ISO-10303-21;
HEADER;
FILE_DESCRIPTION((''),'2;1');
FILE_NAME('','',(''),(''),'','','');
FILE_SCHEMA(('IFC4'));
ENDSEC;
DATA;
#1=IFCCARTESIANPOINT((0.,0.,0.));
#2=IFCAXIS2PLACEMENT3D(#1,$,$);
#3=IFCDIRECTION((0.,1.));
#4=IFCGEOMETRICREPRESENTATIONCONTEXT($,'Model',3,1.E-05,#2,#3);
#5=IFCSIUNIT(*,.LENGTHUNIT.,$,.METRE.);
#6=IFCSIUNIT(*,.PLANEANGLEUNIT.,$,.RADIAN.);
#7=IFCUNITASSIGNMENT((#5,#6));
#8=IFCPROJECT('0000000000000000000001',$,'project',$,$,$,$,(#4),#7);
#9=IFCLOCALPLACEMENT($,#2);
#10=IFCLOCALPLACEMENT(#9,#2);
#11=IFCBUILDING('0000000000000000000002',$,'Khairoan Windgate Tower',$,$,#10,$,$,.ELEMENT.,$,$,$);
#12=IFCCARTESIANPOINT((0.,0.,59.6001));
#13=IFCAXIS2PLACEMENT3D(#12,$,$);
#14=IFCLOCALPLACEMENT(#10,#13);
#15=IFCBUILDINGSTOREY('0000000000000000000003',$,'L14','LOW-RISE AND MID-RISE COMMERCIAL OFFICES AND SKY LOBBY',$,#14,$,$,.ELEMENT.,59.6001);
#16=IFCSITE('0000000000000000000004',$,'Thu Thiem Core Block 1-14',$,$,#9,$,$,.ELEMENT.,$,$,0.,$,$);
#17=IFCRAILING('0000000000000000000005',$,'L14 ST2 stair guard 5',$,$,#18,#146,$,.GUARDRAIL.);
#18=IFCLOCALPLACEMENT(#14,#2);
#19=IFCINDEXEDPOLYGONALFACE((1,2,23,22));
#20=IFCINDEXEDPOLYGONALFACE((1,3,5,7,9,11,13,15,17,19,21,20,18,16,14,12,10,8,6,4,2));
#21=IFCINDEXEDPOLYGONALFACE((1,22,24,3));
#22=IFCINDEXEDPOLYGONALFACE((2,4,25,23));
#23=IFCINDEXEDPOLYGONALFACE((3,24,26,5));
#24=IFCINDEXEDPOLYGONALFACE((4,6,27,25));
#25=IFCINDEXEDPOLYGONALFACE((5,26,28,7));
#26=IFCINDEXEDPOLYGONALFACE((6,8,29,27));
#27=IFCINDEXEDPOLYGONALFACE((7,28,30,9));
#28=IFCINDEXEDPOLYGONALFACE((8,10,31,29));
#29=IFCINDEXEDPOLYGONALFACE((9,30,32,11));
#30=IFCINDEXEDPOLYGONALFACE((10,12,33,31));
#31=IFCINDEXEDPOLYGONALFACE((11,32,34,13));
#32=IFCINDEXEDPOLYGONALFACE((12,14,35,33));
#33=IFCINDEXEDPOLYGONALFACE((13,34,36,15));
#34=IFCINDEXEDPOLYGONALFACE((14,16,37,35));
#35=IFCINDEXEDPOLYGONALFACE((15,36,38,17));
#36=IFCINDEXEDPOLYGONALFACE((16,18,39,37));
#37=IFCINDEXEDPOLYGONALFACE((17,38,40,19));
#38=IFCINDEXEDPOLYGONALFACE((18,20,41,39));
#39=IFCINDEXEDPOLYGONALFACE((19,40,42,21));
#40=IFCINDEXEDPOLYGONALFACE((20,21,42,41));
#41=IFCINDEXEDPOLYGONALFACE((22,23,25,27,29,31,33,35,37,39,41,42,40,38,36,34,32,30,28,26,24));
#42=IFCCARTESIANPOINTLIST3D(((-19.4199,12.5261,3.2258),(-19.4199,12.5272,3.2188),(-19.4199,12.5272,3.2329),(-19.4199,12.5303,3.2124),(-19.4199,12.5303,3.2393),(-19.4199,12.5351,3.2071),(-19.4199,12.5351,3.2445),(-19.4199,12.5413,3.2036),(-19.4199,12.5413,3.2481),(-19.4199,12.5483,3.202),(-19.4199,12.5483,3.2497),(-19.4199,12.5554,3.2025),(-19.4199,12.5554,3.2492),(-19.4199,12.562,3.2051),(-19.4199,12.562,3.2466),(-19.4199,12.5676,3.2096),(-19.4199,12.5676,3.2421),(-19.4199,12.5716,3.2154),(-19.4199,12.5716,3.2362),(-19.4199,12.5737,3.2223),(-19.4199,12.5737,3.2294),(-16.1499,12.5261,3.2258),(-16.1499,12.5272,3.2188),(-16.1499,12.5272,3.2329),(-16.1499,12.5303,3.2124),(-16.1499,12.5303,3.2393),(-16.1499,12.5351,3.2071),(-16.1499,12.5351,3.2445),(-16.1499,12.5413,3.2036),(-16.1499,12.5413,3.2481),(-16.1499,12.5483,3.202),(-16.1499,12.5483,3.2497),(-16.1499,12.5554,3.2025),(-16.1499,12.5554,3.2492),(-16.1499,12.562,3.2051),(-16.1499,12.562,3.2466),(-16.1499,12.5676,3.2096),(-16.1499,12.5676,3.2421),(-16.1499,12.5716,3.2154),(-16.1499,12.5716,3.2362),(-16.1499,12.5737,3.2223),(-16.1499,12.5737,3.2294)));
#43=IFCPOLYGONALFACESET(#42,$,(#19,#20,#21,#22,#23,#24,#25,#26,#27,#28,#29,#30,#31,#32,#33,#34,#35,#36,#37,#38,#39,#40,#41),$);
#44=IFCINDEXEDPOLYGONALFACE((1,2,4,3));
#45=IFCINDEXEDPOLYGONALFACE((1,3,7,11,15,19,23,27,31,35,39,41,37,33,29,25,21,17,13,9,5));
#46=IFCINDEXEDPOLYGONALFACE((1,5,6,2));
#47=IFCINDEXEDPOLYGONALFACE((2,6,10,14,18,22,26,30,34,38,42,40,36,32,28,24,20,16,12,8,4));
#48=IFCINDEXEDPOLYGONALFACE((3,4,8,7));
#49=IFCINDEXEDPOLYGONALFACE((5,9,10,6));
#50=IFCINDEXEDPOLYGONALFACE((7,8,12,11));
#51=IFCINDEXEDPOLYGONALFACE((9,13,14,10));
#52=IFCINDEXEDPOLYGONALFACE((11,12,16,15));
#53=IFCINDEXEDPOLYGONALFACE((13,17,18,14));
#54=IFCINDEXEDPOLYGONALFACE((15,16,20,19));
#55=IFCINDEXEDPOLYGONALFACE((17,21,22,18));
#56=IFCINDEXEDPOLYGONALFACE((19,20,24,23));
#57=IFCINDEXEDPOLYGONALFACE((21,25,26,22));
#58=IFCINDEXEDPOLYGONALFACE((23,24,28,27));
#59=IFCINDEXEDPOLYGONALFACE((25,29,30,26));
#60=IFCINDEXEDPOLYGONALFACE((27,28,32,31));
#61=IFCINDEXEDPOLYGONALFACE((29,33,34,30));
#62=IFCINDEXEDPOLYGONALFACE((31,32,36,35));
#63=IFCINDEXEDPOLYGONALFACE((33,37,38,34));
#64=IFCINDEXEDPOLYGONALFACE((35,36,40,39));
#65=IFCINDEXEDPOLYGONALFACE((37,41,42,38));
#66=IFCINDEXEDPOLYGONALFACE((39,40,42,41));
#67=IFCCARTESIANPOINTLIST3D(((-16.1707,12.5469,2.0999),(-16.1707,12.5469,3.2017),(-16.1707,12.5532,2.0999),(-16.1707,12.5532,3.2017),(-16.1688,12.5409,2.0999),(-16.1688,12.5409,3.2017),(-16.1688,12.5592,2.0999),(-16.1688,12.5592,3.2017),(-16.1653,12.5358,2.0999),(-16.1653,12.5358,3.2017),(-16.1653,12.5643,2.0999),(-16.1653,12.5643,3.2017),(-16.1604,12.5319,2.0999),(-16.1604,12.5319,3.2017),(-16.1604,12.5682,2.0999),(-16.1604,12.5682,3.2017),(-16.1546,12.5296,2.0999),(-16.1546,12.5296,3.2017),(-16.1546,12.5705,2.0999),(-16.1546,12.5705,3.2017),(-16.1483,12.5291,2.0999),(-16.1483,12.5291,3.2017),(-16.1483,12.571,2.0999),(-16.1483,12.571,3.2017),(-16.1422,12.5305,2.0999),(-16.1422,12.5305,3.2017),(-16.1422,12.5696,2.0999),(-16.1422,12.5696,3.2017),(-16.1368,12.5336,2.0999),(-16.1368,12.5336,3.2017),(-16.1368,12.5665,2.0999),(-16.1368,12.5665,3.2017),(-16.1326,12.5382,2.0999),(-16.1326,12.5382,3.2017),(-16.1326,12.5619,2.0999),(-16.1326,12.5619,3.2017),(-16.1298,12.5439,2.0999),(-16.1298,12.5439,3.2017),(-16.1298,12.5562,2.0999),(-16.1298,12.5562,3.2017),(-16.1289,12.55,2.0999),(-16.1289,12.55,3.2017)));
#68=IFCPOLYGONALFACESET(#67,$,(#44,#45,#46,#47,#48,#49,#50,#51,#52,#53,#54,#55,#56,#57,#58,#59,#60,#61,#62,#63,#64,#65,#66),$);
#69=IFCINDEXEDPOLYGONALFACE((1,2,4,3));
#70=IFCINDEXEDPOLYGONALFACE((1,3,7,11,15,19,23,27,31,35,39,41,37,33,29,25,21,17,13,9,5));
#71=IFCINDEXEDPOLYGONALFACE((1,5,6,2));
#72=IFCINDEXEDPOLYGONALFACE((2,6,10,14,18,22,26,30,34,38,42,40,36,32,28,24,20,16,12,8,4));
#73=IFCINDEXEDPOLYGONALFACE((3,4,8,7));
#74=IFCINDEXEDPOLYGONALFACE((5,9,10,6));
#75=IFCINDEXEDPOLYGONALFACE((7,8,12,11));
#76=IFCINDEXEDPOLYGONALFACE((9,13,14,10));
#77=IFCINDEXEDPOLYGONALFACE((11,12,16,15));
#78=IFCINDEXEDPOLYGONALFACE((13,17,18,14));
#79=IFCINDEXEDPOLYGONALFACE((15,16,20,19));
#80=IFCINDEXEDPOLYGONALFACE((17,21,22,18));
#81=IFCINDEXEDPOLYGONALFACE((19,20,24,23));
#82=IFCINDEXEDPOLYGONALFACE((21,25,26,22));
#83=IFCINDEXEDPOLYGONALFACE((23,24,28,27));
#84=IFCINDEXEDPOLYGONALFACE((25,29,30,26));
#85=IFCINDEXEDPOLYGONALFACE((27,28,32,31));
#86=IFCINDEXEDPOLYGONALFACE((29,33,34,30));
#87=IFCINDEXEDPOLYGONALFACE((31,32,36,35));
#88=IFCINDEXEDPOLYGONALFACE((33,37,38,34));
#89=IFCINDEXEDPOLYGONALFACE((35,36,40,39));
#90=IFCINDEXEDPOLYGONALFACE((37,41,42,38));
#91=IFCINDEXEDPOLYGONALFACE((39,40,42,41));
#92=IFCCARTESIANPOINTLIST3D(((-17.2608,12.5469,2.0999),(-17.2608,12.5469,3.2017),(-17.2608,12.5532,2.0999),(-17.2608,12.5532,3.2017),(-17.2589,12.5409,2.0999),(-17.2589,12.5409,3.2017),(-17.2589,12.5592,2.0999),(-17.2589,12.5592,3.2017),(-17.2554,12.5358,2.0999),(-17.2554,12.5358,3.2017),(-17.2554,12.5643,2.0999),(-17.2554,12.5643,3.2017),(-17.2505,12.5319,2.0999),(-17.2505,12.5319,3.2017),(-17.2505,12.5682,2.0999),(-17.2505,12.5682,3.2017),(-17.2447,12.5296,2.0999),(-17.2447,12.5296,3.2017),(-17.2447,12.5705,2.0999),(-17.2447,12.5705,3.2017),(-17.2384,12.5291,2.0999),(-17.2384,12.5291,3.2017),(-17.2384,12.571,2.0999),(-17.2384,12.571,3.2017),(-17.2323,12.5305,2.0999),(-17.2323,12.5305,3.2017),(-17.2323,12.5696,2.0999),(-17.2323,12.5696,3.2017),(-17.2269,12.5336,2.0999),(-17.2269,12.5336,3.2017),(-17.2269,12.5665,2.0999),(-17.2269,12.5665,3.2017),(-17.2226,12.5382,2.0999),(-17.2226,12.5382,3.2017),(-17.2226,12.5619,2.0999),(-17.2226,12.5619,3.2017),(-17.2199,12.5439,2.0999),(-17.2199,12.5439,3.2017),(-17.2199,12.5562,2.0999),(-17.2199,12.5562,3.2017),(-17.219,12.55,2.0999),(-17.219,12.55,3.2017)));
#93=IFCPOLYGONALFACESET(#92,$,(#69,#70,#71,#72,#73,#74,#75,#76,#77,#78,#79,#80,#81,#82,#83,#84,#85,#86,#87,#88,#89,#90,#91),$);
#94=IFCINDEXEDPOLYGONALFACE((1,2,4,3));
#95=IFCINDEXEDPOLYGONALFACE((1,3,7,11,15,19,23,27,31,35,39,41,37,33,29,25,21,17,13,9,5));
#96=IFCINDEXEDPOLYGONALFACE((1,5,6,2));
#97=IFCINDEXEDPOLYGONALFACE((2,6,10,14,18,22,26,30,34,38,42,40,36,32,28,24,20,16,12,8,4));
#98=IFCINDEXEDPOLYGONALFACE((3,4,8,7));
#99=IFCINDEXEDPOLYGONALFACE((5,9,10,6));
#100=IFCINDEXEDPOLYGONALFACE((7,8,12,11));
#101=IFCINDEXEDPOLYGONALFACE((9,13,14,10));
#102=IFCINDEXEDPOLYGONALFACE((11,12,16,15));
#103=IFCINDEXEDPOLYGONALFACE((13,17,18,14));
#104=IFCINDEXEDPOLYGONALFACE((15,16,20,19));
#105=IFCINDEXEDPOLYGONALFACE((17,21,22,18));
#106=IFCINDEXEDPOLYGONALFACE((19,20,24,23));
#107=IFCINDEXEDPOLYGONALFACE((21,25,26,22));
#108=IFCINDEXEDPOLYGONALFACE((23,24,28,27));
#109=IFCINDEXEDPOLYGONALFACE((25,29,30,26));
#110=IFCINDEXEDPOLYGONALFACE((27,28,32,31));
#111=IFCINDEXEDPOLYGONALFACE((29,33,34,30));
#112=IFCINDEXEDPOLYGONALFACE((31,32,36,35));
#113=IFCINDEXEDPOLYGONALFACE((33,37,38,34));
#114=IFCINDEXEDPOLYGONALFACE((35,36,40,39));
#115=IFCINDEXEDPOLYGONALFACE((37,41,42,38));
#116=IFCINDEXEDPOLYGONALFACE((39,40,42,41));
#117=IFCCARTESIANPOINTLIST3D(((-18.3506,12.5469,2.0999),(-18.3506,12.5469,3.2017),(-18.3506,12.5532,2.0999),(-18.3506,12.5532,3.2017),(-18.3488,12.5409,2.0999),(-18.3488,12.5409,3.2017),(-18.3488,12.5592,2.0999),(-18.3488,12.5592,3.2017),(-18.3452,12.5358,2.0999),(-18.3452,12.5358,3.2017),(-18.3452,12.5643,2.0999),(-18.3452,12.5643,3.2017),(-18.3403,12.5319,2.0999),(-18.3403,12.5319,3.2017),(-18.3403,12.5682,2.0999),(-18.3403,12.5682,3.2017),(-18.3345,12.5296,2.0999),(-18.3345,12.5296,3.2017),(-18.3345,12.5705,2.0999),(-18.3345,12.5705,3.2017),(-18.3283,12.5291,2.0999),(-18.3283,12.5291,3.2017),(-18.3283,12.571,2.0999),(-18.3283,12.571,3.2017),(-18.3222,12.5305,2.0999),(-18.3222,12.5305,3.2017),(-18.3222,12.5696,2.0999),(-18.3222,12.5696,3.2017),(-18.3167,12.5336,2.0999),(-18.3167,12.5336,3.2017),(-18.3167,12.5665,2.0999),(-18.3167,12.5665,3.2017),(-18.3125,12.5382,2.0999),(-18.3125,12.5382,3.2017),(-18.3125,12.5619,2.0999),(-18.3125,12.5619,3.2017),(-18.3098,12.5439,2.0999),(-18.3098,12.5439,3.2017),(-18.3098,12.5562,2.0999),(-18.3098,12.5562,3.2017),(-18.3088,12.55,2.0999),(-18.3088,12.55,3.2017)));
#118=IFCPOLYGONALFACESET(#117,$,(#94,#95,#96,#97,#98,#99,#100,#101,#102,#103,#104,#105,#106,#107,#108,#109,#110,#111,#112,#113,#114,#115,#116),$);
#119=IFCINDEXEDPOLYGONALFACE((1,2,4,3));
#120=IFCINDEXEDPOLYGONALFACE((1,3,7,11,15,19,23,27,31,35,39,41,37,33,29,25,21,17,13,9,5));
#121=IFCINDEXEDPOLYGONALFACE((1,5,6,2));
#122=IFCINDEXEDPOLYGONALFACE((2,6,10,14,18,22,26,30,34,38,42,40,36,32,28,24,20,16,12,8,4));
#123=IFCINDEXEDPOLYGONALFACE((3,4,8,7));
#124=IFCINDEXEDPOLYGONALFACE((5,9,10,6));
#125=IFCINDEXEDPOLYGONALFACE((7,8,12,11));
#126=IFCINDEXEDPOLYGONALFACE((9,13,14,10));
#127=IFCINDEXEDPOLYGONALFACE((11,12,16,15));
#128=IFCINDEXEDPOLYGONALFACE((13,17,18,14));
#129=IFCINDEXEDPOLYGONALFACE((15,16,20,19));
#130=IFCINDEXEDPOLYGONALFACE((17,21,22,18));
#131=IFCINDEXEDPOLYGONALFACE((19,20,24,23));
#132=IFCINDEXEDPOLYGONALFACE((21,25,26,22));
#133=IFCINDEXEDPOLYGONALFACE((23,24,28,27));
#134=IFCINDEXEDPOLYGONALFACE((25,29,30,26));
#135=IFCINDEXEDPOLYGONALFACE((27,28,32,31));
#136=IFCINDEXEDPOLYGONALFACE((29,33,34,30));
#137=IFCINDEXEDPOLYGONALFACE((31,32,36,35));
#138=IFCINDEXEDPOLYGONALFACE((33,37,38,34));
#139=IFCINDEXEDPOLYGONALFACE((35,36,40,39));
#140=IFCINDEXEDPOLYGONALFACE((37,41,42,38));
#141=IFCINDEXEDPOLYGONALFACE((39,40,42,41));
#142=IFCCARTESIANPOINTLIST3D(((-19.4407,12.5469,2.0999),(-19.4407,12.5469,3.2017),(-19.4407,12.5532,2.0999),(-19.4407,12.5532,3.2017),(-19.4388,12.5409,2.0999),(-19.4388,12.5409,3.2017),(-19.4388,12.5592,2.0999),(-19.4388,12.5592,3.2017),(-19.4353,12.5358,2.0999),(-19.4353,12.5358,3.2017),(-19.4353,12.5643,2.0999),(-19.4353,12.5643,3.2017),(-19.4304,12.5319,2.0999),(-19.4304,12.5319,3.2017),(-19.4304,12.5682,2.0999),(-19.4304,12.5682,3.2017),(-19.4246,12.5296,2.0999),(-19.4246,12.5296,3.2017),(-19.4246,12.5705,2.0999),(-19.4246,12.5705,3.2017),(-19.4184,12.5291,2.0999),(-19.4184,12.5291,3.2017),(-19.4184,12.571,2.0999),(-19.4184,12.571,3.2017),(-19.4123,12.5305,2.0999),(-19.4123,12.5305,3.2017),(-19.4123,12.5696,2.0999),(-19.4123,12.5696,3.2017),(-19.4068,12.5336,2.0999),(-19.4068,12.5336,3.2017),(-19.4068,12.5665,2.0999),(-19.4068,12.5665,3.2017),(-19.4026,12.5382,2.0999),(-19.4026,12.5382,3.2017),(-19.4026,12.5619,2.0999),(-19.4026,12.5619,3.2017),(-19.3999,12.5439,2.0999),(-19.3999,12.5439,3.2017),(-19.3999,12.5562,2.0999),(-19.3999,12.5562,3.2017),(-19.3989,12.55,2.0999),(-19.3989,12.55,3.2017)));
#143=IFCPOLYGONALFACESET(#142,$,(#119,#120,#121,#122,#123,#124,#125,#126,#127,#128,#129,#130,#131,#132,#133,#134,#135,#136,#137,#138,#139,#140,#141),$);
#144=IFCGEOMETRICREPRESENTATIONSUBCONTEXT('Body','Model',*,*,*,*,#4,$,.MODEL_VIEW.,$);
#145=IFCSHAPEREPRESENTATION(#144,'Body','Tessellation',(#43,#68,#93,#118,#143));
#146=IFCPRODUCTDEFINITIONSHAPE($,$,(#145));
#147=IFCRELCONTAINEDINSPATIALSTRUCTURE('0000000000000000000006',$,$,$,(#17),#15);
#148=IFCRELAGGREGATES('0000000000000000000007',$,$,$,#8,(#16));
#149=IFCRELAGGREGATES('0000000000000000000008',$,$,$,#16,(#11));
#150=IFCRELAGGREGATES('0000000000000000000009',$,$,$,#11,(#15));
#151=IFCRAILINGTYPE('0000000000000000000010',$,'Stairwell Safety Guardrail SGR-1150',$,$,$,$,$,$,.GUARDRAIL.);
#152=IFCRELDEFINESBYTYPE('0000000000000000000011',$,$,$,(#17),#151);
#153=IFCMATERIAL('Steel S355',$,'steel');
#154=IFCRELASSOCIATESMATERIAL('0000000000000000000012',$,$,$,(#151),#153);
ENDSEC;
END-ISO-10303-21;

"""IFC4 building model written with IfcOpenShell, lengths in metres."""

from ifc_helpers import new_model, si_unit, direction, frame, origin, origin_2d, place, context, subcontext, project, spatial, circle, extrude, material, type_object, element, save


model = new_model("IFC4")

# Units and contexts
model_context = context("Model", 3, precision=1e-05, world=origin(), true_north=direction((0.0, 1.0)))
body_context = subcontext(model_context, "Body", "Model", "MODEL_VIEW")
ifc_project = project(units=[si_unit("LENGTHUNIT", "METRE"), si_unit("PLANEANGLEUNIT", "RADIAN")], contexts=[model_context])

# Site, building, storey
site_placement = place(None, origin())
site = spatial("IfcSite", under=ifc_project, at=site_placement, Name="Thu Thiem Core Block 1-14", CompositionType="ELEMENT", RefElevation=0.0)
building_placement = place(site_placement, origin())
building = spatial("IfcBuilding", under=site, at=building_placement, Name="Khairoan Windgate Tower", CompositionType="ELEMENT")
storey_placement = place(building_placement, frame((0.0, 0.0, 59.6001)))
storey = spatial("IfcBuildingStorey", under=building, at=storey_placement, Name="L14", Description="LOW-RISE AND MID-RISE COMMERCIAL OFFICES AND SKY LOBBY", CompositionType="ELEMENT", Elevation=59.6001)

# Railing
ifc_material_1 = material(Name="Steel S355", Category="steel")
railing_type = type_object("IfcRailingType", Name="Stairwell Safety Guardrail SGR-1150", PredefinedType="GUARDRAIL", material=ifc_material_1)
railing_1_placement = place(storey_placement, frame((-16.1499, 12.55, 2.0999)))
element("IfcRailing", 1, at=railing_1_placement, inside=storey, type_object=railing_type, Name="L14 ST2 stair guard 5", PredefinedType="GUARDRAIL", context=body_context, shape_type="SweptSolid", body=[
    extrude(circle(Radius=0.0239, at=origin_2d()), frame((0.0, 0.0, 1.126), z_axis=(-1.0, 0.0, 0.0), x_axis=(0.0, -1.0, 0.0)), (0.0, 0.0, 1.0), 3.27),
    extrude(circle(Radius=0.021, at=origin_2d()), origin(), (0.0, 0.0, 1.0), 1.1018),
    extrude(circle(Radius=0.021, at=origin_2d()), frame((-1.0901, 0.0, 0.0)), (0.0, 0.0, 1.0), 1.1018),
    extrude(circle(Radius=0.021, at=origin_2d()), frame((-2.1799, 0.0, 0.0)), (0.0, 0.0, 1.0), 1.1018),
    extrude(circle(Radius=0.021, at=origin_2d()), frame((-3.27, 0.0, 0.0)), (0.0, 0.0, 1.0), 1.1018),
])

save(model, "model.ifc")
